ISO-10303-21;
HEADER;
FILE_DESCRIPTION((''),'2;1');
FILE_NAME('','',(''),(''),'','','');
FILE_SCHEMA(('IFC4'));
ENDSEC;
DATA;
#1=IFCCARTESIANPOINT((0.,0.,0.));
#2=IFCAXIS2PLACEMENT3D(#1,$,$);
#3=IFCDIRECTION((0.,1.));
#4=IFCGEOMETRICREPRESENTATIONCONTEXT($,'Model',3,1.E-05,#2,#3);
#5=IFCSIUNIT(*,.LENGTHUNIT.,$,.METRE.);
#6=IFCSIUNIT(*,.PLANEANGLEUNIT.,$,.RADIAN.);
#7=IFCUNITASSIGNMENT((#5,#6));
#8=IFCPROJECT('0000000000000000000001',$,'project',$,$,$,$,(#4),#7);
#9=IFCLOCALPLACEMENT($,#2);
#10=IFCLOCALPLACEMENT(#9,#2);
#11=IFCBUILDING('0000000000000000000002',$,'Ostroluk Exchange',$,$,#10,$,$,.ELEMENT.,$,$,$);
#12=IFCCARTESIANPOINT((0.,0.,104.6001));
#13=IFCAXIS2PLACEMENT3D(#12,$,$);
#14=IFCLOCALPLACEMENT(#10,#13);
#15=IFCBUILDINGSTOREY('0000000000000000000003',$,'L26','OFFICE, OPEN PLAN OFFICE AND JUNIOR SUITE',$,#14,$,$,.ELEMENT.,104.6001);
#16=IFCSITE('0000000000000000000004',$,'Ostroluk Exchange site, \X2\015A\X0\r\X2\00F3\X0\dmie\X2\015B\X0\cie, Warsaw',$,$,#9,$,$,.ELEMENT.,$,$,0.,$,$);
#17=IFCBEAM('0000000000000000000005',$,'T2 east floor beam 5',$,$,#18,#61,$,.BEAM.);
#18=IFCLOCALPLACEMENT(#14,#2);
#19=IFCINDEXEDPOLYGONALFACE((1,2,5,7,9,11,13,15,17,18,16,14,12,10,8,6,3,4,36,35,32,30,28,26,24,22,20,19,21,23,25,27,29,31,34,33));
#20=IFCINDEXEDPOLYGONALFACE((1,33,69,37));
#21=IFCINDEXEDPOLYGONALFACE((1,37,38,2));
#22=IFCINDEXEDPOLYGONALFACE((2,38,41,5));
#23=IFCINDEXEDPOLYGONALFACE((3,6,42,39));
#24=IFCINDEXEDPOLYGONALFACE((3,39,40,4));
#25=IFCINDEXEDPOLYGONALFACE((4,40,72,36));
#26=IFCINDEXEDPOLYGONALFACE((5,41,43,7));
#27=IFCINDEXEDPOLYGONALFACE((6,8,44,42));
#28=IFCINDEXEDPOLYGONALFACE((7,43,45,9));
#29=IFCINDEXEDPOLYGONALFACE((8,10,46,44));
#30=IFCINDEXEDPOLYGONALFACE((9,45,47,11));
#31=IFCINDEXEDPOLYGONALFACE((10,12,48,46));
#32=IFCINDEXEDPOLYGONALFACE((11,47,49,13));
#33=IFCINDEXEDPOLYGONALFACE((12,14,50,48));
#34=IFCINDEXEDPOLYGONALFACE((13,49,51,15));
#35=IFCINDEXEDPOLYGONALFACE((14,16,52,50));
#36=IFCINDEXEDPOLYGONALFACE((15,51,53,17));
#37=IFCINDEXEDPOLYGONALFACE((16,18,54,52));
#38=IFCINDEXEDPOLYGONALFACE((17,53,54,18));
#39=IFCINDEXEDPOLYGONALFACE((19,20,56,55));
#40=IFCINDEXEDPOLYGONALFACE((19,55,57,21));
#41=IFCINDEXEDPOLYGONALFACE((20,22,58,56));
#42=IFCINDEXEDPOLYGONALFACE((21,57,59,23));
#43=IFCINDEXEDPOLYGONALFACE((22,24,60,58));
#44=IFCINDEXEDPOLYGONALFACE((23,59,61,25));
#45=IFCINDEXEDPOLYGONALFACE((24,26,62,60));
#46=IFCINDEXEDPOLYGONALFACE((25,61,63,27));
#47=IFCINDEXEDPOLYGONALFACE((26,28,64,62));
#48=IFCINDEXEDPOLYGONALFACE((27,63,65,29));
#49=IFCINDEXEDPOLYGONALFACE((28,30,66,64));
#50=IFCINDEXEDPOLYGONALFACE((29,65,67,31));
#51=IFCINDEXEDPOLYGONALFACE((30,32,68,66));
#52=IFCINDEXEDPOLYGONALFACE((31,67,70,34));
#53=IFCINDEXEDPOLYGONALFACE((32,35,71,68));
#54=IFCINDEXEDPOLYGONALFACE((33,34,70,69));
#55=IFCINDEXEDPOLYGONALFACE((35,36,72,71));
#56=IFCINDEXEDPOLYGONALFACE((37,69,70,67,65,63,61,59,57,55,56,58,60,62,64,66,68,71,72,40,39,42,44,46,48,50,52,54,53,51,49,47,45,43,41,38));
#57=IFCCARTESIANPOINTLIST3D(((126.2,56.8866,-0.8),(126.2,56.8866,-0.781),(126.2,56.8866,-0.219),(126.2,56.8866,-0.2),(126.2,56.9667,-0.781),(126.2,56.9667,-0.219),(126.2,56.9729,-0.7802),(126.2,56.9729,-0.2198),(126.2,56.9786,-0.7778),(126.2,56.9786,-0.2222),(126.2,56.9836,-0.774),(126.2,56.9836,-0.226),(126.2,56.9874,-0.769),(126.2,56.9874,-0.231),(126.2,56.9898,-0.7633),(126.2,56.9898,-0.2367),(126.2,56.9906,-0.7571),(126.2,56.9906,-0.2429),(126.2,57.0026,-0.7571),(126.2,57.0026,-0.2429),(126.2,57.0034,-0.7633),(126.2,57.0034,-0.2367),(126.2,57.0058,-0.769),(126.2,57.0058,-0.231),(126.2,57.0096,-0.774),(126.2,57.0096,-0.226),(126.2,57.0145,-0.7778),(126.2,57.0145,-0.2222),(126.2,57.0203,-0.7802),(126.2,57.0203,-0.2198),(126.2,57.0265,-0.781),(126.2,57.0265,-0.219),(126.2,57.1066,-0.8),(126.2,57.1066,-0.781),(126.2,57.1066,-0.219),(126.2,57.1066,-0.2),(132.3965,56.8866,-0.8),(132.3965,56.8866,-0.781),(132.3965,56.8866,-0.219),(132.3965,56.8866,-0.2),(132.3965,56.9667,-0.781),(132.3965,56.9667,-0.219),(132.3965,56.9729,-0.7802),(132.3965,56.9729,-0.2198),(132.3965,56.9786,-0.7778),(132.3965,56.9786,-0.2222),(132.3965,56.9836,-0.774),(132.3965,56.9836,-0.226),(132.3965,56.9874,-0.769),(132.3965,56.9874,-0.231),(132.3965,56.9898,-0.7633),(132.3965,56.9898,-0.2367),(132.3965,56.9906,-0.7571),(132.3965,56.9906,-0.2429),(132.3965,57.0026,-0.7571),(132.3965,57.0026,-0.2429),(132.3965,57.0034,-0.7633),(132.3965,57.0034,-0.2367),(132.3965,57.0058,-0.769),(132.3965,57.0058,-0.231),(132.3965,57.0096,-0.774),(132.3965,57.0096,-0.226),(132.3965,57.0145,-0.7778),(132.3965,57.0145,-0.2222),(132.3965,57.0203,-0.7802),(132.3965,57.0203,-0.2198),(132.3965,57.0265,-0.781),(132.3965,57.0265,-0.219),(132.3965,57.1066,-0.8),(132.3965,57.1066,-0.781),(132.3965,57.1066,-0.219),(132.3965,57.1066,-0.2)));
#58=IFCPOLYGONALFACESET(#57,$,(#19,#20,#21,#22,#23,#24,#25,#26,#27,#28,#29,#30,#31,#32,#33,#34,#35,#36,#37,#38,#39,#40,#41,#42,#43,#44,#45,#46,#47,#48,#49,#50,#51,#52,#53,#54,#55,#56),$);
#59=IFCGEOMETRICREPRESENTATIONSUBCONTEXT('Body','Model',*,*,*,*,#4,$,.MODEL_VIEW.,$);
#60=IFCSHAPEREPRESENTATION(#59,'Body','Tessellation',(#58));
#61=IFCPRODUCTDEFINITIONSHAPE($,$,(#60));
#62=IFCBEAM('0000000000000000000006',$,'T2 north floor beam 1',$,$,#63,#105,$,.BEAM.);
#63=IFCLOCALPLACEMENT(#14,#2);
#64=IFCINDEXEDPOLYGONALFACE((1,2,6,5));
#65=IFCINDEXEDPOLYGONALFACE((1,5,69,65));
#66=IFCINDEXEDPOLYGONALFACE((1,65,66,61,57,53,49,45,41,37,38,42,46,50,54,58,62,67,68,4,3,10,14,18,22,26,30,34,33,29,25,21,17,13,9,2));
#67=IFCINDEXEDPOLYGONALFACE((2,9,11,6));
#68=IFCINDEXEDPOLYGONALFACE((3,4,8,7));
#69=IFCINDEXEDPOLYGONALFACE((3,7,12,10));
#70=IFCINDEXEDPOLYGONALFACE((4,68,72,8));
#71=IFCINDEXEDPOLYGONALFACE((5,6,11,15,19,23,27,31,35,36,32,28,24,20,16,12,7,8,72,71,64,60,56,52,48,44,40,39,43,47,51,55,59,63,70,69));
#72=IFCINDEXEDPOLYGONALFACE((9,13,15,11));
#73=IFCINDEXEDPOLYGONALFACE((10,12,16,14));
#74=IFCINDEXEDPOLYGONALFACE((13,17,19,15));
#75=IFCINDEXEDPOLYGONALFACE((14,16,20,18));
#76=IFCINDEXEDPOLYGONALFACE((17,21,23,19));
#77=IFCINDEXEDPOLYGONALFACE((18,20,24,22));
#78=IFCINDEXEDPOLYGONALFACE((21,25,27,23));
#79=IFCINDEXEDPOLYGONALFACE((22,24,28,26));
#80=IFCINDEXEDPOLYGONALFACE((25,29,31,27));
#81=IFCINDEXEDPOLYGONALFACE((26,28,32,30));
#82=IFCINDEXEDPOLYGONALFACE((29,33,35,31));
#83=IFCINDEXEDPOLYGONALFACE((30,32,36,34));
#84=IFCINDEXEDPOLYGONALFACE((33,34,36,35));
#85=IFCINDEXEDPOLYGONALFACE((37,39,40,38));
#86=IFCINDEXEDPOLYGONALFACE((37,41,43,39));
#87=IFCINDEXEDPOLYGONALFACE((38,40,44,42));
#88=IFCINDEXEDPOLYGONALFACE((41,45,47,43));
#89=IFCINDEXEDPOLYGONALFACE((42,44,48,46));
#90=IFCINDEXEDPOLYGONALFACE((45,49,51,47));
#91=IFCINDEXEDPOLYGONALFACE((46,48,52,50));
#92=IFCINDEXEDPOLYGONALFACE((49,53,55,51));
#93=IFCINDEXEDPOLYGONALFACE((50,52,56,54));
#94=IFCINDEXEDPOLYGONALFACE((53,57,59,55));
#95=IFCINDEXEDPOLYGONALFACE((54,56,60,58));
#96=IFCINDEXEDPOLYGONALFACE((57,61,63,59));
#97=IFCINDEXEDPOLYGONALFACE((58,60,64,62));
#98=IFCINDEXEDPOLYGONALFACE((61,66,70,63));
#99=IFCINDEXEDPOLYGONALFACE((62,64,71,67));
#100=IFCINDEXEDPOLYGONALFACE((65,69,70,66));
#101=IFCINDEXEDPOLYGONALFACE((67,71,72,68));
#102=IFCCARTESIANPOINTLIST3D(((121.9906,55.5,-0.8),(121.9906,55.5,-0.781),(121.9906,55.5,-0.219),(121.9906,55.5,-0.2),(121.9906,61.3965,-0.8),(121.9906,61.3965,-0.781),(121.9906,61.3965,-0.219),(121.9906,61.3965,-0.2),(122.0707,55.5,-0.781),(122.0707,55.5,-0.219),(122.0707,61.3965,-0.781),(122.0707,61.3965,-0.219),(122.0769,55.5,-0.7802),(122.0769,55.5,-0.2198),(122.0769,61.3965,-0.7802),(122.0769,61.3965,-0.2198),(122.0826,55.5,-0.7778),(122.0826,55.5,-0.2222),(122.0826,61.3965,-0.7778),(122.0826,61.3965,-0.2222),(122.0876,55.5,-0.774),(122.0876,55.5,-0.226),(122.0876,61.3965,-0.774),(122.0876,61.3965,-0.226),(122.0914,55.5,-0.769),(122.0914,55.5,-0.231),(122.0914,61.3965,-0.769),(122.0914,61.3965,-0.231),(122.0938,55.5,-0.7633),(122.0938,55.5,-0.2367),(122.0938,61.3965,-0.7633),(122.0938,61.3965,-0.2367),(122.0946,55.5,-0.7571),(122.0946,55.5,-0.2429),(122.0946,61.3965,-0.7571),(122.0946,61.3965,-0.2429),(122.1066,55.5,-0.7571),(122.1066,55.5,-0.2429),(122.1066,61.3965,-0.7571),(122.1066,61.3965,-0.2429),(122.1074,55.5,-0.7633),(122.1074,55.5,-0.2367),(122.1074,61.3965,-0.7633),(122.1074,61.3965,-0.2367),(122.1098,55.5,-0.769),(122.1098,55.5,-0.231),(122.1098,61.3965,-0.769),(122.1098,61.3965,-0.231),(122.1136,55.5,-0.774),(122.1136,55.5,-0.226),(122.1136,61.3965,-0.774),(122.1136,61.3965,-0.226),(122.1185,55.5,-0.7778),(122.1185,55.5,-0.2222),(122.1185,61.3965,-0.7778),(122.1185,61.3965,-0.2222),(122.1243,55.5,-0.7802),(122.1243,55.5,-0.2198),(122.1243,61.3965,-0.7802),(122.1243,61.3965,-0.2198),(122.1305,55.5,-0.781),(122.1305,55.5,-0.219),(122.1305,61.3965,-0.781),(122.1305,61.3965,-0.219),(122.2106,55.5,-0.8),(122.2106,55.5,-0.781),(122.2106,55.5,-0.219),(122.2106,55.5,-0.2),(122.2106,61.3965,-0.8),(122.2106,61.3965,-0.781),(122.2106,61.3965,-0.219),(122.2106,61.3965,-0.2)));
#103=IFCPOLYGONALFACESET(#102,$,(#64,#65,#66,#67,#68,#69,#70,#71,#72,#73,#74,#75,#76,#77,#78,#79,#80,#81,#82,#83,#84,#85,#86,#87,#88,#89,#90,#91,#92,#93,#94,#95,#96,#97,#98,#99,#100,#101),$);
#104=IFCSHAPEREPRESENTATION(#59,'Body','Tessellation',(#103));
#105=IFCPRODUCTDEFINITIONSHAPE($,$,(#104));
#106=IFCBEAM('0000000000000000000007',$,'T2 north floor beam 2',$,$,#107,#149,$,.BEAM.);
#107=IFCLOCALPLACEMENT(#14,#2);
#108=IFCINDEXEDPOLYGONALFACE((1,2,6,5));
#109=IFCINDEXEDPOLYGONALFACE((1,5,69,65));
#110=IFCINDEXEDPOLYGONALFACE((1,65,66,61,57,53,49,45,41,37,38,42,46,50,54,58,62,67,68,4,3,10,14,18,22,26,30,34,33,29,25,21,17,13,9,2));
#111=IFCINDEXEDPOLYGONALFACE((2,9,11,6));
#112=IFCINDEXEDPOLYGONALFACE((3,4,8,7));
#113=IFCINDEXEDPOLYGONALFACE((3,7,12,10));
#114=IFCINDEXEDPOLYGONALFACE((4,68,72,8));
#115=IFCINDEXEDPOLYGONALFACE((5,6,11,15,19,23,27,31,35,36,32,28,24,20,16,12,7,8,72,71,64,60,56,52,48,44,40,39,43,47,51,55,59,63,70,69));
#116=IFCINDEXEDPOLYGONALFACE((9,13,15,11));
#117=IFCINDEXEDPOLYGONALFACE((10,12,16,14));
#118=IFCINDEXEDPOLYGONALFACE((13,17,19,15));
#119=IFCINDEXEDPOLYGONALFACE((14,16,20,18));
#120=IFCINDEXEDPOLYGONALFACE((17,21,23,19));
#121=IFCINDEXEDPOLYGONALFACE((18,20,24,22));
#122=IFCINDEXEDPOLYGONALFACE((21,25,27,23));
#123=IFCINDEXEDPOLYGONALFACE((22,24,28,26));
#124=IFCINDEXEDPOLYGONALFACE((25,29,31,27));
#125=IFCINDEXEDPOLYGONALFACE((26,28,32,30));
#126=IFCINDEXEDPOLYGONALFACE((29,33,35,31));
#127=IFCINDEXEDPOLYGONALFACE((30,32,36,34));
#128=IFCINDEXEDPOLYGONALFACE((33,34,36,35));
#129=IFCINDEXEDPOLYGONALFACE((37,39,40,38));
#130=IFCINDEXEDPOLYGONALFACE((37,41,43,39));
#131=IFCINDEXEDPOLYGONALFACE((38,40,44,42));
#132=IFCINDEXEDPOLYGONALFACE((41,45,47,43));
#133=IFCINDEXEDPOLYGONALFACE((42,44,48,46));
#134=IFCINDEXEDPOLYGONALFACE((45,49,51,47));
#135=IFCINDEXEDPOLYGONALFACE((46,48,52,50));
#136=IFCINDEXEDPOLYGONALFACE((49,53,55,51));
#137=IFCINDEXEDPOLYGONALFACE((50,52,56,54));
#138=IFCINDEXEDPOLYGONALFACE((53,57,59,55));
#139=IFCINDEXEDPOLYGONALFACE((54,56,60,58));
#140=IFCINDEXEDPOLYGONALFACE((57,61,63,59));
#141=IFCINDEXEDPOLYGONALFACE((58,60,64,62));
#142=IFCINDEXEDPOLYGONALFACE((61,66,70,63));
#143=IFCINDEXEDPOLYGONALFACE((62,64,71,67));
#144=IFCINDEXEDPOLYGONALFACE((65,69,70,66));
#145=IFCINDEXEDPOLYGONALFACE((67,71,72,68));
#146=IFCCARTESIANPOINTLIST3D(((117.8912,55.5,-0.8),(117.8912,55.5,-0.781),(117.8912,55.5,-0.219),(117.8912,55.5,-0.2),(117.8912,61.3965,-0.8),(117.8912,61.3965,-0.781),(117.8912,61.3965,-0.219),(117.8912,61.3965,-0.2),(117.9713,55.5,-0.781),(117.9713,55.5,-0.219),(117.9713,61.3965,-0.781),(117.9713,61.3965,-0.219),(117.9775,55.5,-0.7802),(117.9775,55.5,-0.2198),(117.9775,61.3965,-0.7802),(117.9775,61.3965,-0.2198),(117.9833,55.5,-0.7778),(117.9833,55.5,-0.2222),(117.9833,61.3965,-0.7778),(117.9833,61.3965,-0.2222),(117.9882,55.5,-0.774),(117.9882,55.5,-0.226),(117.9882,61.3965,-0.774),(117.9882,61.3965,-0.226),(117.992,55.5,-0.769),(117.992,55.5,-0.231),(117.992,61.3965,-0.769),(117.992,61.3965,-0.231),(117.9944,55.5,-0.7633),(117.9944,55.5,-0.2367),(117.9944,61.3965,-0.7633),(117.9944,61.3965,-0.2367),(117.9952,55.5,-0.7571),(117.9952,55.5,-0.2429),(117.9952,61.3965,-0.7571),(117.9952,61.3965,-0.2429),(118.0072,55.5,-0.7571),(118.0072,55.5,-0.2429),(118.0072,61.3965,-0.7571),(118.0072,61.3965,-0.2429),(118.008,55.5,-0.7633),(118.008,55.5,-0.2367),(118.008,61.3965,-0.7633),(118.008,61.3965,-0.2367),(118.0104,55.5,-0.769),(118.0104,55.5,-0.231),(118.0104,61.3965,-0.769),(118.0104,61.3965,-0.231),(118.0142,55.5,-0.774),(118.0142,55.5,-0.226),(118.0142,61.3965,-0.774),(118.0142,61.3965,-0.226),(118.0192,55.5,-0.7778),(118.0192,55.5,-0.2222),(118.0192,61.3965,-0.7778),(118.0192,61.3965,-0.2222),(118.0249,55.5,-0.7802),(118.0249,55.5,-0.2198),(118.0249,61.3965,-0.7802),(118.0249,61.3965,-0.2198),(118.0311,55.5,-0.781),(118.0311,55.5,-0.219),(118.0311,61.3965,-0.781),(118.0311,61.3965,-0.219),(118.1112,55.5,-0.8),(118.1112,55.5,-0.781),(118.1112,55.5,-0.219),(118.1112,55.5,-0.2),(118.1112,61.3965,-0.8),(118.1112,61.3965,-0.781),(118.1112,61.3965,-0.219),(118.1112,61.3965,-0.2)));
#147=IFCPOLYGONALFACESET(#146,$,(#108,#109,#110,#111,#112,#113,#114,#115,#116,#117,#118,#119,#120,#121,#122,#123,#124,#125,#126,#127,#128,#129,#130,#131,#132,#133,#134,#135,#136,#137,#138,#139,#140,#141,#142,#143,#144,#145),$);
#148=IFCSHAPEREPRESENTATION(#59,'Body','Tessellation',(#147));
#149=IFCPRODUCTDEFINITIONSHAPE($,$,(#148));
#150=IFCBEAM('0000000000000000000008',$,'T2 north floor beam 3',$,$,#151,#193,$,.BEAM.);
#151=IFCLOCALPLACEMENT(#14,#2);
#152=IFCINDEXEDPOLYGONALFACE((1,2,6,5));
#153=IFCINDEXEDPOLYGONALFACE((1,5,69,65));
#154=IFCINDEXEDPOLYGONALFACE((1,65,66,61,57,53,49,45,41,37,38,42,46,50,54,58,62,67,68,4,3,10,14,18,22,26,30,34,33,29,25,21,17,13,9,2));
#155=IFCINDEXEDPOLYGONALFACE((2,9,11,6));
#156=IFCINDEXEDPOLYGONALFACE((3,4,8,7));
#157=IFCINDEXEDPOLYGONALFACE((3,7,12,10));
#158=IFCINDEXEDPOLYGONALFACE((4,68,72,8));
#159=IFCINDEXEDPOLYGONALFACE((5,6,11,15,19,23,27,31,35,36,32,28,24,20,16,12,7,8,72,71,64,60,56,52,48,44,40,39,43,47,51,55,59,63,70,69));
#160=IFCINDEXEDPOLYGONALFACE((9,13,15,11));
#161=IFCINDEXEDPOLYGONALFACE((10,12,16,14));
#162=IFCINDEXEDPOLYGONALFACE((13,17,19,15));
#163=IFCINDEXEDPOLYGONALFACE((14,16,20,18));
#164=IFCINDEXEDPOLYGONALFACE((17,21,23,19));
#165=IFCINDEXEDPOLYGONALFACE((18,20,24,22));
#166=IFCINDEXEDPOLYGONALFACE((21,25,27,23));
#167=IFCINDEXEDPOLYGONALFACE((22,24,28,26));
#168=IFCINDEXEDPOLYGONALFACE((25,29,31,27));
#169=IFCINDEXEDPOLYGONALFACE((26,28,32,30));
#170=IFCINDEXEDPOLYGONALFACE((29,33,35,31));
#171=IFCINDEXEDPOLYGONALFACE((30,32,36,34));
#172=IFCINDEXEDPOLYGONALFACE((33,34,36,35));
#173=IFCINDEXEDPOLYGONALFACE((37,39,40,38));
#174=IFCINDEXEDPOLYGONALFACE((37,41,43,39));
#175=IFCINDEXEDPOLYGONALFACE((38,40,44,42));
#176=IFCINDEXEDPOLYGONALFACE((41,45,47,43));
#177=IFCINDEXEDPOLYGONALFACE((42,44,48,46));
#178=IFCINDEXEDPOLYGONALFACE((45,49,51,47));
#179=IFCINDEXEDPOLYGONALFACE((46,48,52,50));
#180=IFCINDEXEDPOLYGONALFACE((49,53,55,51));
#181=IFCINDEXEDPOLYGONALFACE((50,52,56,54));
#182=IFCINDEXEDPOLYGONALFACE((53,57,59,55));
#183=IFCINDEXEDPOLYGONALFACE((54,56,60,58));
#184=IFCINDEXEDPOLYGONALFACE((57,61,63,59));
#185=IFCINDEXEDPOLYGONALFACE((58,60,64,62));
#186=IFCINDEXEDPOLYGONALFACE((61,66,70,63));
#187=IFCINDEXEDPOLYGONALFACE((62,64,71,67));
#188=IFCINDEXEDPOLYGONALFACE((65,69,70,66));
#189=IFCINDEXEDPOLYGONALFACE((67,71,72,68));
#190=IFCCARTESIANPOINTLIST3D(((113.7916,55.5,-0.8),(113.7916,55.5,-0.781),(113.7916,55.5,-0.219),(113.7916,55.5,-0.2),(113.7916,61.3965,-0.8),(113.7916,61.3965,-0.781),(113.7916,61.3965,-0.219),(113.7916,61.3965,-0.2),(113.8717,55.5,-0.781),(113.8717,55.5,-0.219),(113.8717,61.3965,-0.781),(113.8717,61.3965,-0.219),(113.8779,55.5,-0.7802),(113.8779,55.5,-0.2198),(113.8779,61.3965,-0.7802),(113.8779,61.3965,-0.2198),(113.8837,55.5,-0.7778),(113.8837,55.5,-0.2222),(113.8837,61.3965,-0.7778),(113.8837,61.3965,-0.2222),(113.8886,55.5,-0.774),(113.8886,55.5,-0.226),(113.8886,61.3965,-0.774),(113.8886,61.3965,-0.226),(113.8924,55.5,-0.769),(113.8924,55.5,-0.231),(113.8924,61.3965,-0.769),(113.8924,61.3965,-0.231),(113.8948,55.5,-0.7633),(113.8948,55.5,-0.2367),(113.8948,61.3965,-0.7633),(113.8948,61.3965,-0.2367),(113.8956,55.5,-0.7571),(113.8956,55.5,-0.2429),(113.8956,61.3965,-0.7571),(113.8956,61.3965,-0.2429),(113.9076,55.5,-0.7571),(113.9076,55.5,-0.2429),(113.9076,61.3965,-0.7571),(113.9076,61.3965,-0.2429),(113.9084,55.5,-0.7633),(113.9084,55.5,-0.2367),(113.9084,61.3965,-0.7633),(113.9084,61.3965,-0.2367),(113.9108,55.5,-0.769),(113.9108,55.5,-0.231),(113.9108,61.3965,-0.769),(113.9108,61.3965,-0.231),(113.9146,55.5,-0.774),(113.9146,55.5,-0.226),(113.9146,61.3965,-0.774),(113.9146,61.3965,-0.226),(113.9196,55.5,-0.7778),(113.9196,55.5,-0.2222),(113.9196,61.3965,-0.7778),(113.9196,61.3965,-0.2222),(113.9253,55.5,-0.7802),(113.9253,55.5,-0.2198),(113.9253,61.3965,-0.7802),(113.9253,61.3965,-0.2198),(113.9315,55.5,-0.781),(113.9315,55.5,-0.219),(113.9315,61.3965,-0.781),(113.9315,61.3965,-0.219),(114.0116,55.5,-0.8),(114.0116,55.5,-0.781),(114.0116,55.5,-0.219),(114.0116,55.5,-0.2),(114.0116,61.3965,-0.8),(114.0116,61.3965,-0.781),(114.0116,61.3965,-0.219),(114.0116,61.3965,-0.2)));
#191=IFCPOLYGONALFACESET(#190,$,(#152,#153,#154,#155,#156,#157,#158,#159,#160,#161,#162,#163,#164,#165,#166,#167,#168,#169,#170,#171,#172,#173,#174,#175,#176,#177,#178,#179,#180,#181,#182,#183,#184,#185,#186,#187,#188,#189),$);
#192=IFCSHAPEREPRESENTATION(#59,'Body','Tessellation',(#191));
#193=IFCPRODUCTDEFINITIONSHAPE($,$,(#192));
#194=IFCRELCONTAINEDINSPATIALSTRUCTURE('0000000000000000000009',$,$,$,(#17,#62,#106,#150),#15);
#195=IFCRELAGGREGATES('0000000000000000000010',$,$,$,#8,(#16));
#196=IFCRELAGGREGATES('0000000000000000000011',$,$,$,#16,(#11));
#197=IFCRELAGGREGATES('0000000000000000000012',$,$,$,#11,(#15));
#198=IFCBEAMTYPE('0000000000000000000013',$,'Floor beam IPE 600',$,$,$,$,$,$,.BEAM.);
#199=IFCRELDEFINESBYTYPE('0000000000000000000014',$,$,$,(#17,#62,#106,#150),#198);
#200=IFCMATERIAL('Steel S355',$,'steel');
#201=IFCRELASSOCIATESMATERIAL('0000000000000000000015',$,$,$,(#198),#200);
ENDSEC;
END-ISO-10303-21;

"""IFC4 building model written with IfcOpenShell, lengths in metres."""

from ifc_helpers import new_model, si_unit, direction, frame, origin, origin_2d, place, context, subcontext, project, spatial, i_section, extrude, material, material_profile, profile_set, type_object, element, save


model = new_model("IFC4")

# Units and contexts
model_context = context("Model", 3, precision=1e-05, world=origin(), true_north=direction((0.0, 1.0)))
body_context = subcontext(model_context, "Body", "Model", "MODEL_VIEW")
ifc_project = project(units=[si_unit("LENGTHUNIT", "METRE"), si_unit("PLANEANGLEUNIT", "RADIAN")], contexts=[model_context])

# Site, building, storey
site_placement = place(None, origin())
site = spatial("IfcSite", under=ifc_project, at=site_placement, Name="Ostroluk Exchange site, Śródmieście, Warsaw", CompositionType="ELEMENT", RefElevation=0.0)
building_placement = place(site_placement, origin())
building = spatial("IfcBuilding", under=site, at=building_placement, Name="Ostroluk Exchange", CompositionType="ELEMENT")
storey_placement = place(building_placement, frame((0.0, 0.0, 104.6001)))
storey = spatial("IfcBuildingStorey", under=building, at=storey_placement, Name="L26", Description="OFFICE, OPEN PLAN OFFICE AND JUNIOR SUITE", CompositionType="ELEMENT", Elevation=104.6001)

# Beams
ifc_material_1 = material(Name="Steel S355", Category="steel")
ifc_material_profile_1 = material_profile(ifc_material_1, i_section(OverallWidth=0.22, OverallDepth=0.6001, WebThickness=0.012, FlangeThickness=0.019, FilletRadius=0.0239, at=origin_2d()), Name="IPE 600")
ifc_profile_set_1 = profile_set([ifc_material_profile_1], Name="Steel S355")
beam_type_1 = type_object("IfcBeamType", Name="Floor beam IPE 600", PredefinedType="BEAM", material=ifc_profile_set_1)
beam_1_placement = place(storey_placement, frame((126.2, 56.9966, -0.5), z_axis=(1.0, 0.0, 0.0), x_axis=(0.0, 1.0, 0.0)))
element("IfcBeam", 1, at=beam_1_placement, inside=storey, type_object=beam_type_1, Name="T2 east floor beam 5", PredefinedType="BEAM", context=body_context, shape_type="SweptSolid", body=[
    extrude(i_section(OverallWidth=0.22, OverallDepth=0.6001, WebThickness=0.012, FlangeThickness=0.019, FilletRadius=0.0239, at=origin_2d()), origin(), (0.0, 0.0, 1.0), 6.1965),
])
for number, where, z_axis, x_axis, name in (
    (2, (122.1006, 55.5, -0.5), (0.0, 1.0, 0.0), (-1.0, 0.0, 0.0), "T2 north floor beam 1"),
    (3, (118.0012, 55.5, -0.5), (0.0, 1.0, 0.0), (-1.0, 0.0, 0.0), "T2 north floor beam 2"),
    (4, (113.9016, 55.5, -0.5), (0.0, 1.0, 0.0), (-1.0, 0.0, 0.0), "T2 north floor beam 3"),
):
    element("IfcBeam", number, at=place(storey_placement, frame(where, z_axis=z_axis, x_axis=x_axis)), inside=storey, type_object=beam_type_1, Name=name, PredefinedType="BEAM", context=body_context, shape_type="SweptSolid", body=[
        extrude(i_section(OverallWidth=0.22, OverallDepth=0.6001, WebThickness=0.012, FlangeThickness=0.019, FilletRadius=0.0239, at=origin_2d()), origin(), (0.0, 0.0, 1.0), 5.8965),
    ])

save(model, "model.ifc")
